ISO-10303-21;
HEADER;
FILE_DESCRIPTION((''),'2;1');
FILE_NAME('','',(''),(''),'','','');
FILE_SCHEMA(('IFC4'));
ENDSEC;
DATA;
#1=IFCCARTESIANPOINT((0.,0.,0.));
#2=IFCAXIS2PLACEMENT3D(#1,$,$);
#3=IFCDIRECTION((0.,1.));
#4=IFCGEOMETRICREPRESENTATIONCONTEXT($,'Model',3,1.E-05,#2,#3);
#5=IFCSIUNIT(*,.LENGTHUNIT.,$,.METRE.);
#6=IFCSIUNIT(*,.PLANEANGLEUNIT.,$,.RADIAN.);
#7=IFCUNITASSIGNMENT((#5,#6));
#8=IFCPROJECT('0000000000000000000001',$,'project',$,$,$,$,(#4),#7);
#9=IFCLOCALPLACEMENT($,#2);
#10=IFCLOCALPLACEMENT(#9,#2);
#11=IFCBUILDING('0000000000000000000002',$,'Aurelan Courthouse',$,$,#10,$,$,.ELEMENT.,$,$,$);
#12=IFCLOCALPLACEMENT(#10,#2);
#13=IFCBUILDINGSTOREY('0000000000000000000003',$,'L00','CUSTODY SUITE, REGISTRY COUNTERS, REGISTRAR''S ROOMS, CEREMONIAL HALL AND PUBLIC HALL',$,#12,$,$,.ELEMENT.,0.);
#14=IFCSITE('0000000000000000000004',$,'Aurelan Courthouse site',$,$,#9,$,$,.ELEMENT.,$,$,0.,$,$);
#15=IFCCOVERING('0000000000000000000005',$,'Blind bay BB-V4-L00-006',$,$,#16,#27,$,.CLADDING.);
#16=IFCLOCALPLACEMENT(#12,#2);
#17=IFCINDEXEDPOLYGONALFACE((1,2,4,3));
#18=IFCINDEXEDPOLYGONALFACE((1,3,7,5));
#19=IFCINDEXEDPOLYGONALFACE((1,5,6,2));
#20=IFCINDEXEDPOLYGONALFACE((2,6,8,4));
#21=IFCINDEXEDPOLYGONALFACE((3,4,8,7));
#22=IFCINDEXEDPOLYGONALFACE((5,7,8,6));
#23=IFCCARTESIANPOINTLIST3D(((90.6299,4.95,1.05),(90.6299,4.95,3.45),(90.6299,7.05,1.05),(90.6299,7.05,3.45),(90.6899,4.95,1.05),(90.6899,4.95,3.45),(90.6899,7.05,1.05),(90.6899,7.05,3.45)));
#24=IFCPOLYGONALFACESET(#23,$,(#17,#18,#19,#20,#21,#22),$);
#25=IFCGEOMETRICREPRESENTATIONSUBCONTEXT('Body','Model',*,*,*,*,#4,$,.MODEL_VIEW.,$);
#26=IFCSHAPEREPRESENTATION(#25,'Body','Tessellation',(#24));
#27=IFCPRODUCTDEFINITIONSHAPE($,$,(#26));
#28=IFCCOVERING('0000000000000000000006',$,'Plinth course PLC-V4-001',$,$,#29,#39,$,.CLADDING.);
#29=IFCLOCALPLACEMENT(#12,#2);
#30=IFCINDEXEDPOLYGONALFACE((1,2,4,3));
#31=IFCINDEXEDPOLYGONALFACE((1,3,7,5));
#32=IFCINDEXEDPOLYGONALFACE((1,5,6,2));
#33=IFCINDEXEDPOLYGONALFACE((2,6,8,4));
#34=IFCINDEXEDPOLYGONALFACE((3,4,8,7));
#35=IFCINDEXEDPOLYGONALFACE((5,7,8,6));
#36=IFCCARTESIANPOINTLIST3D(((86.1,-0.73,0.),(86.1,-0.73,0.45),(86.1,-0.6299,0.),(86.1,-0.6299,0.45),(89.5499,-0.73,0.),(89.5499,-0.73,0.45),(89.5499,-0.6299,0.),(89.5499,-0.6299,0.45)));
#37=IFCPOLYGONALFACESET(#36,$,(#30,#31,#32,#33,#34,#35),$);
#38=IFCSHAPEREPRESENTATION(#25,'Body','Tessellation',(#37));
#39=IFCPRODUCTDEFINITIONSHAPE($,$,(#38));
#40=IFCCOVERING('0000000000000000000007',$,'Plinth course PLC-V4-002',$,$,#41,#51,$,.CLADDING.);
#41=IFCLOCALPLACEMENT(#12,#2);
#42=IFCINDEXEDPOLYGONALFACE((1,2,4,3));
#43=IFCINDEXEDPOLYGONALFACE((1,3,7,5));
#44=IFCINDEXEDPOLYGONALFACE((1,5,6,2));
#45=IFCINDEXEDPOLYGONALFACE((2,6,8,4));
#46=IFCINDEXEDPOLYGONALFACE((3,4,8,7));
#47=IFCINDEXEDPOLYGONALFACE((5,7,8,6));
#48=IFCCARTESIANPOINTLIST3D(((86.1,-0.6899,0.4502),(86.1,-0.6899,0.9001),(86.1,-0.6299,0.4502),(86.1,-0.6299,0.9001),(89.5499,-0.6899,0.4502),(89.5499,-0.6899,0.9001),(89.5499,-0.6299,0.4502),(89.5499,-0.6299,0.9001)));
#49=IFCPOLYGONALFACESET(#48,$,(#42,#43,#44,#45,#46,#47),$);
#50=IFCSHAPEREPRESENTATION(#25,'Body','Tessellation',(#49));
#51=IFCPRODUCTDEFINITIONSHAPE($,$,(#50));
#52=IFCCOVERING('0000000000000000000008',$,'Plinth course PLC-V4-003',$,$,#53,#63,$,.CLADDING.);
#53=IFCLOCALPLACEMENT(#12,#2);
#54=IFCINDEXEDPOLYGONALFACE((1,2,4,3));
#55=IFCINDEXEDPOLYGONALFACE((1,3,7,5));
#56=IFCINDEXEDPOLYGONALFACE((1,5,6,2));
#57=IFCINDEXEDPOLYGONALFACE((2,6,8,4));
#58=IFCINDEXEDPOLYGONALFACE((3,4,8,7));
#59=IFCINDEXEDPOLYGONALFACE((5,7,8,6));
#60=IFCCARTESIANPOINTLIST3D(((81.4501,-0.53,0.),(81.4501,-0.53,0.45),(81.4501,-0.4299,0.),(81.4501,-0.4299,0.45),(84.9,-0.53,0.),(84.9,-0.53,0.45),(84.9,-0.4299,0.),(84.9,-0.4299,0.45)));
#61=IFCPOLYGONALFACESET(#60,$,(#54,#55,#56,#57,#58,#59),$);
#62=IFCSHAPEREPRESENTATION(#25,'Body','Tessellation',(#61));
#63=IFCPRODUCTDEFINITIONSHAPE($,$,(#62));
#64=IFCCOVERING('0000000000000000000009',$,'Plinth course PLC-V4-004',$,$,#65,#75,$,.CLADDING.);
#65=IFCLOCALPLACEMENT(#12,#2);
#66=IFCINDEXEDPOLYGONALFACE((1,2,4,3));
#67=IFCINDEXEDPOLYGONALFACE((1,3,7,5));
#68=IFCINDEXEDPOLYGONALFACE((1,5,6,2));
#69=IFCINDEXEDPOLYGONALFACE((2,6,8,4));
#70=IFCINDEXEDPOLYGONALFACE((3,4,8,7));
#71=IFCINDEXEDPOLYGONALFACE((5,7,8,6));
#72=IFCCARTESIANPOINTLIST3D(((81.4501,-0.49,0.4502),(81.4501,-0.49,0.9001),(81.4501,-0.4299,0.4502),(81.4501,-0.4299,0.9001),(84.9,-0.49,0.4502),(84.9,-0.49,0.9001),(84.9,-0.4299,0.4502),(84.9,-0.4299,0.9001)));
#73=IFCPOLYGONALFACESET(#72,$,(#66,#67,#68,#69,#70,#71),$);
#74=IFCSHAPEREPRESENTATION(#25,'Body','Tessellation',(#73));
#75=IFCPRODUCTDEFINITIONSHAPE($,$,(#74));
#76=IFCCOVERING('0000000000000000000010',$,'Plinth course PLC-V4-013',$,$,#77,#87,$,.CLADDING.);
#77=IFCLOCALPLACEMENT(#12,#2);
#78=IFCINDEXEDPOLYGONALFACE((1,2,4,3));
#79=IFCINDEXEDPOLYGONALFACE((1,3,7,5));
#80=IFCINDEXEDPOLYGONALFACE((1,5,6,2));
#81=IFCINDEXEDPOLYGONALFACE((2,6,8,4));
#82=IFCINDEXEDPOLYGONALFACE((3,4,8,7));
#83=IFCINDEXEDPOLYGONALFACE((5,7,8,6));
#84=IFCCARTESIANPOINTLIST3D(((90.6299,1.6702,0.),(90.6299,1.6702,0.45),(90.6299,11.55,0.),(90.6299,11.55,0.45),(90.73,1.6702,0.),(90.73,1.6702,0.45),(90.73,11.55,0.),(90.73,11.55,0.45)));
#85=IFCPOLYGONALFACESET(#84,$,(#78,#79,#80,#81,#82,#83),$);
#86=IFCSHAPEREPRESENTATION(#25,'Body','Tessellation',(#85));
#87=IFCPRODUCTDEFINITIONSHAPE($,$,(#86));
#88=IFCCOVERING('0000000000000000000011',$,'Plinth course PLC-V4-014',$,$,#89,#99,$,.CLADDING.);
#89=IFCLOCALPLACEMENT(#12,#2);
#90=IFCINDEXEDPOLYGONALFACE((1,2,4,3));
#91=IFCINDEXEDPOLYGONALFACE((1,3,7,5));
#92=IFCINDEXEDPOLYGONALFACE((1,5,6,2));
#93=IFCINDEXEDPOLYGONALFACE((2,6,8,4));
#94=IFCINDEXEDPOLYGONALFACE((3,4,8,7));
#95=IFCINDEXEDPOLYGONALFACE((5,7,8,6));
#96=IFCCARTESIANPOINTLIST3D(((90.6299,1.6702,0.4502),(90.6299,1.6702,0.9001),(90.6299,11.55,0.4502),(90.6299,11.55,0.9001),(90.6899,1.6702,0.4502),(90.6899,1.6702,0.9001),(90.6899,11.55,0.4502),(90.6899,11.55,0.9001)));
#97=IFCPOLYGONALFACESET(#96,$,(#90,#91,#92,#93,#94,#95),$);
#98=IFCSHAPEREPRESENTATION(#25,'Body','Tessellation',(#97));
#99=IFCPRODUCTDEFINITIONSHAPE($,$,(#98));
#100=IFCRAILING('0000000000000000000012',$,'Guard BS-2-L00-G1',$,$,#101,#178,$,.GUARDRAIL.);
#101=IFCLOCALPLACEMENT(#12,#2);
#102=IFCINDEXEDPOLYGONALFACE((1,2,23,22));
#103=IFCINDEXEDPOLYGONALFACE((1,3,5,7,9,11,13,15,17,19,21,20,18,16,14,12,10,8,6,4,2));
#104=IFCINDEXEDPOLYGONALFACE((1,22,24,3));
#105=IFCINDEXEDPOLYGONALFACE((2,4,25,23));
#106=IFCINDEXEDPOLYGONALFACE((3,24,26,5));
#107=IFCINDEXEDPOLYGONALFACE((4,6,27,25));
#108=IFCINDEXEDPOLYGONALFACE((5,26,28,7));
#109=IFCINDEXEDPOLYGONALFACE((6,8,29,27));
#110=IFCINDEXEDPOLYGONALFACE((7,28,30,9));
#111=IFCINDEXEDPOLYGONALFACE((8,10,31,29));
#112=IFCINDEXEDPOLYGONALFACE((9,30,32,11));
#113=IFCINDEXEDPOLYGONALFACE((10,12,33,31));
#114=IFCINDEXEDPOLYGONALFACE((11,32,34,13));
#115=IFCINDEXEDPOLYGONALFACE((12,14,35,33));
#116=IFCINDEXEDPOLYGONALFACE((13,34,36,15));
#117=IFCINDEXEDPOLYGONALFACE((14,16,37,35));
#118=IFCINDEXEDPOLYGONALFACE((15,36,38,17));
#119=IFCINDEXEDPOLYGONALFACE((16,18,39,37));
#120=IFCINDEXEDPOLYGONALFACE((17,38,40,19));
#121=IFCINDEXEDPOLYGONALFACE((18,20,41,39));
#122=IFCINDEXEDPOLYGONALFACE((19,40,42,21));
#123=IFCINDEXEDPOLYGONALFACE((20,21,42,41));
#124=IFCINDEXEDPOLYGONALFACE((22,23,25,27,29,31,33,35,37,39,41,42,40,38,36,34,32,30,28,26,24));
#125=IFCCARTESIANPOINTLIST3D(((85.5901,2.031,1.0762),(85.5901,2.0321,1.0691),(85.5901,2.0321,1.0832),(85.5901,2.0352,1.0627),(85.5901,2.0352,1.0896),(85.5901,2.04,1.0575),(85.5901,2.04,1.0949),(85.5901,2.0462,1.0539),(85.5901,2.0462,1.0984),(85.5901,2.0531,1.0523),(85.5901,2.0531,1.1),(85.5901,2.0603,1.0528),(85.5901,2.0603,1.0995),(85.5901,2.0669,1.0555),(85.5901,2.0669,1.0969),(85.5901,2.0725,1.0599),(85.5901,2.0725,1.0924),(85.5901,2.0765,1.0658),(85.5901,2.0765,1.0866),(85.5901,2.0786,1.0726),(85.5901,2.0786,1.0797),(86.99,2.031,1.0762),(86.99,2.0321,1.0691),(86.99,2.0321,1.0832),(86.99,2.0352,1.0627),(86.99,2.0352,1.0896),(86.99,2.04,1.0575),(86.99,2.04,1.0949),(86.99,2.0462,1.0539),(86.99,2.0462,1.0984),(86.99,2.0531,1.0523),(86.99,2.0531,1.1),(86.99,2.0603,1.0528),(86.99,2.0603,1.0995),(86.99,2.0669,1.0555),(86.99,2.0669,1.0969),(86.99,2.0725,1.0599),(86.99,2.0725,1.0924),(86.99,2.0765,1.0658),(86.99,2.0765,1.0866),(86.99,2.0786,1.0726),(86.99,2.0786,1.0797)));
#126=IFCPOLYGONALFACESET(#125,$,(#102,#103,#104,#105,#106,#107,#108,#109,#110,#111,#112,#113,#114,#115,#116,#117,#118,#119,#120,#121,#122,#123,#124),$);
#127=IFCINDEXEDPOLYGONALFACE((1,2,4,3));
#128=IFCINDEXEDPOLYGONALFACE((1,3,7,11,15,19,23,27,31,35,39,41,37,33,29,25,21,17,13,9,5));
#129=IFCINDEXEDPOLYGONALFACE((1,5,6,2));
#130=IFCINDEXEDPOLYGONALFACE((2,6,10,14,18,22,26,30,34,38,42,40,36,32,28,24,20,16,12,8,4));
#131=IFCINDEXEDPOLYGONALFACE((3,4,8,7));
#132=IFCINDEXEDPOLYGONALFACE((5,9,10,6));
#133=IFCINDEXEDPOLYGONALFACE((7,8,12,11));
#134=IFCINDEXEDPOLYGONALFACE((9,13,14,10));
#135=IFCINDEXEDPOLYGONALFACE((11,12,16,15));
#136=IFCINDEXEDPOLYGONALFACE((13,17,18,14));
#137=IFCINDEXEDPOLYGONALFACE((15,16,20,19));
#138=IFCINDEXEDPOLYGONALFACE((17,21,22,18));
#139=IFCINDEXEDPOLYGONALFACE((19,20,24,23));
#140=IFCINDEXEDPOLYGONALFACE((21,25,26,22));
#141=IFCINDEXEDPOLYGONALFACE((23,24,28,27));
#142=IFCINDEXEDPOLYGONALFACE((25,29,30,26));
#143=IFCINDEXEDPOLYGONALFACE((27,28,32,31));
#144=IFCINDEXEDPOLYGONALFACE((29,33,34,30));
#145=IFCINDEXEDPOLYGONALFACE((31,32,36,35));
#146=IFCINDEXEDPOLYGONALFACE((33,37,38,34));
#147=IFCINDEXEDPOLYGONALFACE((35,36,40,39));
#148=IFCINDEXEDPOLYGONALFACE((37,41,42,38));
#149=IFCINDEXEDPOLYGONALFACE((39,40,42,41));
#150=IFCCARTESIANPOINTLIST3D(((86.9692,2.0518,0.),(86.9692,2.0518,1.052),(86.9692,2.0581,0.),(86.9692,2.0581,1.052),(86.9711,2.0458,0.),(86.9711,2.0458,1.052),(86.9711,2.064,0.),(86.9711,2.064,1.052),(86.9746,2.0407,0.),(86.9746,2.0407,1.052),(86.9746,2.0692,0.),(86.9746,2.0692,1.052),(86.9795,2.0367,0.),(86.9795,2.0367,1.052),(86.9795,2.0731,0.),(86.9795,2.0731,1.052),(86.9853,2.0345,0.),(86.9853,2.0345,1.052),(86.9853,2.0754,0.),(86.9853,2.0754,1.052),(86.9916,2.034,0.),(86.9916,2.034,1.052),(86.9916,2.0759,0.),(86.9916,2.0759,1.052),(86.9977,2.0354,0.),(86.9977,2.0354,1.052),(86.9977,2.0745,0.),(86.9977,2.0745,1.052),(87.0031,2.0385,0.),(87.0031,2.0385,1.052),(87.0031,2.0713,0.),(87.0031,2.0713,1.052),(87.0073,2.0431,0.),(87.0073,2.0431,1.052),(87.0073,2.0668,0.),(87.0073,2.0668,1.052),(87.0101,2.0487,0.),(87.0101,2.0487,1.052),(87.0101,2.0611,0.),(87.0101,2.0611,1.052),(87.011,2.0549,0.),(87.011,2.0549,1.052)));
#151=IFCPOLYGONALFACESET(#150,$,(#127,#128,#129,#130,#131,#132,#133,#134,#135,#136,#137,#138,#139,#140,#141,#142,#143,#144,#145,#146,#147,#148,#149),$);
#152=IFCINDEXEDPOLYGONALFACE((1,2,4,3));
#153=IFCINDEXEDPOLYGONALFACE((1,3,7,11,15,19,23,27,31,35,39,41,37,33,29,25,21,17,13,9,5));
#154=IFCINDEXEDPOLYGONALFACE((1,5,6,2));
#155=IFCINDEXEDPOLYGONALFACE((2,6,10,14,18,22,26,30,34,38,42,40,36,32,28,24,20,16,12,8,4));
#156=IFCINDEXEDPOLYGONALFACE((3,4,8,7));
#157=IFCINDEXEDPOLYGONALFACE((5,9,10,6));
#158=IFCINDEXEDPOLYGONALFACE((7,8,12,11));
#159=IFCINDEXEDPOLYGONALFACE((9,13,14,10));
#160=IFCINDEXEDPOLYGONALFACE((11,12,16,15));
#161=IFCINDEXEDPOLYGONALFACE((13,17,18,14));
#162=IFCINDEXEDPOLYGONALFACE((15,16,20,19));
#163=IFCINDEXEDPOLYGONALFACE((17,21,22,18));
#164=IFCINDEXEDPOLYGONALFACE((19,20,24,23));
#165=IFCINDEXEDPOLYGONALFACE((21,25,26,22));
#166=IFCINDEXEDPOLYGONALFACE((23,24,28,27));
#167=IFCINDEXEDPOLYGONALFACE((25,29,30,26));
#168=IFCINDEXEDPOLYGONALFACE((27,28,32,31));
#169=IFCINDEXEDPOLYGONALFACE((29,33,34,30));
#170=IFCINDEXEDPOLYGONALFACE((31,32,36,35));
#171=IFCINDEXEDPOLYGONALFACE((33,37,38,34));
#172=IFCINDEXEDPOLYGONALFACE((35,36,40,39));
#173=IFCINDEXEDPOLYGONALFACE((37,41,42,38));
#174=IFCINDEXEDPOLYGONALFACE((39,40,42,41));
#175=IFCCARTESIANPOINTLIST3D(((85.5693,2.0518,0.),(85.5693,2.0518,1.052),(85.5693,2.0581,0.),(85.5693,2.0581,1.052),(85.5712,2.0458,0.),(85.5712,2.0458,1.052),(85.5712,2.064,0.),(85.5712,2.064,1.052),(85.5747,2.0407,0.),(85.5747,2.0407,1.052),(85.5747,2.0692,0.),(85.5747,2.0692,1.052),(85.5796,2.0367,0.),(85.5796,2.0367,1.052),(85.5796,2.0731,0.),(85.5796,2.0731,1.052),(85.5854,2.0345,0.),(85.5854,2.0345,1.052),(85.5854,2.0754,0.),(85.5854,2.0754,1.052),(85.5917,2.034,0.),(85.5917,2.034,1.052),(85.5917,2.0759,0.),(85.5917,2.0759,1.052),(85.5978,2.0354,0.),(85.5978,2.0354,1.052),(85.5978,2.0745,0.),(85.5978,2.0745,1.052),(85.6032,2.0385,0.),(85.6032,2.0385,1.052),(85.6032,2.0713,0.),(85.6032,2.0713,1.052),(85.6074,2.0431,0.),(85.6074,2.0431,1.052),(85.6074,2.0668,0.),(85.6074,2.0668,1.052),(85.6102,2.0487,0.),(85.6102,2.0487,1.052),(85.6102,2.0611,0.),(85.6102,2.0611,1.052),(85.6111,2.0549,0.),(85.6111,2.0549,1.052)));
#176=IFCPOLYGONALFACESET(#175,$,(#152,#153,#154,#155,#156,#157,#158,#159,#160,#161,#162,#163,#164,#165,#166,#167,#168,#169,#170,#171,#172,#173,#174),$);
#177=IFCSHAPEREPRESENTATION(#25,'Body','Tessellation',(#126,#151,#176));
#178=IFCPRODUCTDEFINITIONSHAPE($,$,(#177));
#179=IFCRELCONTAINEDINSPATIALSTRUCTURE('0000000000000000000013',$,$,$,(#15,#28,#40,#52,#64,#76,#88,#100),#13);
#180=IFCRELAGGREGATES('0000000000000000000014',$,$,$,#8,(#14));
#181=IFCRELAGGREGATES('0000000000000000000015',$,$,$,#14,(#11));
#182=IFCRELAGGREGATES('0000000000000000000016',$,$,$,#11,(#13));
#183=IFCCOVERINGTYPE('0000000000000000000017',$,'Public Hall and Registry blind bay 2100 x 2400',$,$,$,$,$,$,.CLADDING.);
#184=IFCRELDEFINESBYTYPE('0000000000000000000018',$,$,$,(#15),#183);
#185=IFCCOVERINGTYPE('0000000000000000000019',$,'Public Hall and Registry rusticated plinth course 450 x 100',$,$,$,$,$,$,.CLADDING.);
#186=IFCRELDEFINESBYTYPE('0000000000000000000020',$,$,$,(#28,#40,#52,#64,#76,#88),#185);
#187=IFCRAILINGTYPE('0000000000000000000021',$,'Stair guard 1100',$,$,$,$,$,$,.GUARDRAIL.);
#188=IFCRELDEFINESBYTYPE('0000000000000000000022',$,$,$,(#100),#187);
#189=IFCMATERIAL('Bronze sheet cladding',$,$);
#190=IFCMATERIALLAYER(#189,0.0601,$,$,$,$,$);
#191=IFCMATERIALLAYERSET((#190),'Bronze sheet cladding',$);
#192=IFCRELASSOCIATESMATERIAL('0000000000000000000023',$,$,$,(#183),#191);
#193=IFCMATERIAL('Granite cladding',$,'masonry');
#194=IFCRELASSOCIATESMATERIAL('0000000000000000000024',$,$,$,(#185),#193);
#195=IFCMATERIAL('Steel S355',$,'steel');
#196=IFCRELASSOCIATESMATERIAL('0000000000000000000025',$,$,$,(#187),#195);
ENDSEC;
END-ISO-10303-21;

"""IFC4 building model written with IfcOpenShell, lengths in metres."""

from ifc_helpers import new_model, si_unit, direction, frame, origin, origin_2d, place, context, subcontext, project, spatial, rectangle, circle, extrude, material, layer, layer_set, type_object, element, save


model = new_model("IFC4")

# Units and contexts
model_context = context("Model", 3, precision=1e-05, world=origin(), true_north=direction((0.0, 1.0)))
body_context = subcontext(model_context, "Body", "Model", "MODEL_VIEW")
ifc_project = project(units=[si_unit("LENGTHUNIT", "METRE"), si_unit("PLANEANGLEUNIT", "RADIAN")], contexts=[model_context])

# Site, building, storey
site_placement = place(None, origin())
site = spatial("IfcSite", under=ifc_project, at=site_placement, Name="Aurelan Courthouse site", CompositionType="ELEMENT", RefElevation=0.0)
building_placement = place(site_placement, origin())
building = spatial("IfcBuilding", under=site, at=building_placement, Name="Aurelan Courthouse", CompositionType="ELEMENT")
storey_placement = place(building_placement, origin())
storey = spatial("IfcBuildingStorey", under=building, at=storey_placement, Name="L00", Description="CUSTODY SUITE, REGISTRY COUNTERS, REGISTRAR'S ROOMS, CEREMONIAL HALL AND PUBLIC HALL", CompositionType="ELEMENT", Elevation=0.0)

# Shared definitions
ifc_material_1 = material(Name="Granite cladding", Category="masonry")

# Coverings
ifc_material_2 = material(Name="Bronze sheet cladding")
ifc_layer_1 = layer(ifc_material_2, 0.0601)
ifc_layer_set_1 = layer_set([ifc_layer_1], Name="Bronze sheet cladding")
covering_type_1 = type_object("IfcCoveringType", Name="Public Hall and Registry blind bay 2100 x 2400", PredefinedType="CLADDING", material=ifc_layer_set_1)
covering_1_placement = place(storey_placement, frame((90.6599, 6.0, 1.05), z_axis=(0.0, 0.0, 1.0), x_axis=(1.0, 0.0, 0.0)))
element("IfcCovering", 1, at=covering_1_placement, inside=storey, type_object=covering_type_1, Name="Blind bay BB-V4-L00-006", PredefinedType="CLADDING", context=body_context, shape_type="SweptSolid", body=[
    extrude(rectangle(XDim=0.0601, YDim=2.1001, at=origin_2d()), origin(), (0.0, 0.0, 1.0), 2.3999),
])
covering_type_2 = type_object("IfcCoveringType", Name="Public Hall and Registry rusticated plinth course 450 x 100", PredefinedType="CLADDING", material=ifc_material_1)
covering_2_placement = place(storey_placement, frame((87.825, -0.6799, 0.0), z_axis=(0.0, 0.0, 1.0), x_axis=(1.0, 0.0, 0.0)))
element("IfcCovering", 2, at=covering_2_placement, inside=storey, type_object=covering_type_2, Name="Plinth course PLC-V4-001", PredefinedType="CLADDING", context=body_context, shape_type="SweptSolid", body=[
    extrude(rectangle(XDim=3.45, YDim=0.1001, at=origin_2d()), origin(), (0.0, 0.0, 1.0), 0.45),
])
covering_3_placement = place(storey_placement, frame((87.825, -0.6599, 0.4502), z_axis=(0.0, 0.0, 1.0), x_axis=(1.0, 0.0, 0.0)))
element("IfcCovering", 3, at=covering_3_placement, inside=storey, type_object=covering_type_2, Name="Plinth course PLC-V4-002", PredefinedType="CLADDING", context=body_context, shape_type="SweptSolid", body=[
    extrude(rectangle(XDim=3.45, YDim=0.0601, at=origin_2d()), origin(), (0.0, 0.0, 1.0), 0.45),
])
covering_4_placement = place(storey_placement, frame((83.175, -0.48, 0.0), z_axis=(0.0, 0.0, 1.0), x_axis=(1.0, 0.0, 0.0)))
element("IfcCovering", 4, at=covering_4_placement, inside=storey, type_object=covering_type_2, Name="Plinth course PLC-V4-003", PredefinedType="CLADDING", context=body_context, shape_type="SweptSolid", body=[
    extrude(rectangle(XDim=3.45, YDim=0.1001, at=origin_2d()), origin(), (0.0, 0.0, 1.0), 0.45),
])
covering_5_placement = place(storey_placement, frame((83.175, -0.46, 0.4502), z_axis=(0.0, 0.0, 1.0), x_axis=(1.0, 0.0, 0.0)))
element("IfcCovering", 5, at=covering_5_placement, inside=storey, type_object=covering_type_2, Name="Plinth course PLC-V4-004", PredefinedType="CLADDING", context=body_context, shape_type="SweptSolid", body=[
    extrude(rectangle(XDim=3.45, YDim=0.0601, at=origin_2d()), origin(), (0.0, 0.0, 1.0), 0.45),
])
covering_6_placement = place(storey_placement, frame((90.6799, 6.6101, 0.0), z_axis=(0.0, 0.0, 1.0), x_axis=(1.0, 0.0, 0.0)))
element("IfcCovering", 6, at=covering_6_placement, inside=storey, type_object=covering_type_2, Name="Plinth course PLC-V4-013", PredefinedType="CLADDING", context=body_context, shape_type="SweptSolid", body=[
    extrude(rectangle(XDim=0.1001, YDim=9.8799, at=origin_2d()), origin(), (0.0, 0.0, 1.0), 0.45),
])
covering_7_placement = place(storey_placement, frame((90.6599, 6.6101, 0.4502), z_axis=(0.0, 0.0, 1.0), x_axis=(1.0, 0.0, 0.0)))
element("IfcCovering", 7, at=covering_7_placement, inside=storey, type_object=covering_type_2, Name="Plinth course PLC-V4-014", PredefinedType="CLADDING", context=body_context, shape_type="SweptSolid", body=[
    extrude(rectangle(XDim=0.0601, YDim=9.8799, at=origin_2d()), origin(), (0.0, 0.0, 1.0), 0.45),
])

# Railing
ifc_material_3 = material(Name="Steel S355", Category="steel")
railing_type = type_object("IfcRailingType", Name="Stair guard 1100", PredefinedType="GUARDRAIL", material=ifc_material_3)
railing_1_placement = place(storey_placement, frame((86.99, 2.0549, 0.0)))
element("IfcRailing", 8, at=railing_1_placement, inside=storey, type_object=railing_type, Name="Guard BS-2-L00-G1", PredefinedType="GUARDRAIL", context=body_context, shape_type="SweptSolid", body=[
    extrude(circle(Radius=0.0239, at=origin_2d()), frame((0.0, 0.0, 1.0762), z_axis=(-1.0, 0.0, 0.0), x_axis=(0.0, -1.0, 0.0)), (0.0, 0.0, 1.0), 1.3999),
    extrude(circle(Radius=0.021, at=origin_2d()), origin(), (0.0, 0.0, 1.0), 1.052),
    extrude(circle(Radius=0.021, at=origin_2d()), frame((-1.3999, 0.0, 0.0)), (0.0, 0.0, 1.0), 1.052),
])

save(model, "model.ifc")
